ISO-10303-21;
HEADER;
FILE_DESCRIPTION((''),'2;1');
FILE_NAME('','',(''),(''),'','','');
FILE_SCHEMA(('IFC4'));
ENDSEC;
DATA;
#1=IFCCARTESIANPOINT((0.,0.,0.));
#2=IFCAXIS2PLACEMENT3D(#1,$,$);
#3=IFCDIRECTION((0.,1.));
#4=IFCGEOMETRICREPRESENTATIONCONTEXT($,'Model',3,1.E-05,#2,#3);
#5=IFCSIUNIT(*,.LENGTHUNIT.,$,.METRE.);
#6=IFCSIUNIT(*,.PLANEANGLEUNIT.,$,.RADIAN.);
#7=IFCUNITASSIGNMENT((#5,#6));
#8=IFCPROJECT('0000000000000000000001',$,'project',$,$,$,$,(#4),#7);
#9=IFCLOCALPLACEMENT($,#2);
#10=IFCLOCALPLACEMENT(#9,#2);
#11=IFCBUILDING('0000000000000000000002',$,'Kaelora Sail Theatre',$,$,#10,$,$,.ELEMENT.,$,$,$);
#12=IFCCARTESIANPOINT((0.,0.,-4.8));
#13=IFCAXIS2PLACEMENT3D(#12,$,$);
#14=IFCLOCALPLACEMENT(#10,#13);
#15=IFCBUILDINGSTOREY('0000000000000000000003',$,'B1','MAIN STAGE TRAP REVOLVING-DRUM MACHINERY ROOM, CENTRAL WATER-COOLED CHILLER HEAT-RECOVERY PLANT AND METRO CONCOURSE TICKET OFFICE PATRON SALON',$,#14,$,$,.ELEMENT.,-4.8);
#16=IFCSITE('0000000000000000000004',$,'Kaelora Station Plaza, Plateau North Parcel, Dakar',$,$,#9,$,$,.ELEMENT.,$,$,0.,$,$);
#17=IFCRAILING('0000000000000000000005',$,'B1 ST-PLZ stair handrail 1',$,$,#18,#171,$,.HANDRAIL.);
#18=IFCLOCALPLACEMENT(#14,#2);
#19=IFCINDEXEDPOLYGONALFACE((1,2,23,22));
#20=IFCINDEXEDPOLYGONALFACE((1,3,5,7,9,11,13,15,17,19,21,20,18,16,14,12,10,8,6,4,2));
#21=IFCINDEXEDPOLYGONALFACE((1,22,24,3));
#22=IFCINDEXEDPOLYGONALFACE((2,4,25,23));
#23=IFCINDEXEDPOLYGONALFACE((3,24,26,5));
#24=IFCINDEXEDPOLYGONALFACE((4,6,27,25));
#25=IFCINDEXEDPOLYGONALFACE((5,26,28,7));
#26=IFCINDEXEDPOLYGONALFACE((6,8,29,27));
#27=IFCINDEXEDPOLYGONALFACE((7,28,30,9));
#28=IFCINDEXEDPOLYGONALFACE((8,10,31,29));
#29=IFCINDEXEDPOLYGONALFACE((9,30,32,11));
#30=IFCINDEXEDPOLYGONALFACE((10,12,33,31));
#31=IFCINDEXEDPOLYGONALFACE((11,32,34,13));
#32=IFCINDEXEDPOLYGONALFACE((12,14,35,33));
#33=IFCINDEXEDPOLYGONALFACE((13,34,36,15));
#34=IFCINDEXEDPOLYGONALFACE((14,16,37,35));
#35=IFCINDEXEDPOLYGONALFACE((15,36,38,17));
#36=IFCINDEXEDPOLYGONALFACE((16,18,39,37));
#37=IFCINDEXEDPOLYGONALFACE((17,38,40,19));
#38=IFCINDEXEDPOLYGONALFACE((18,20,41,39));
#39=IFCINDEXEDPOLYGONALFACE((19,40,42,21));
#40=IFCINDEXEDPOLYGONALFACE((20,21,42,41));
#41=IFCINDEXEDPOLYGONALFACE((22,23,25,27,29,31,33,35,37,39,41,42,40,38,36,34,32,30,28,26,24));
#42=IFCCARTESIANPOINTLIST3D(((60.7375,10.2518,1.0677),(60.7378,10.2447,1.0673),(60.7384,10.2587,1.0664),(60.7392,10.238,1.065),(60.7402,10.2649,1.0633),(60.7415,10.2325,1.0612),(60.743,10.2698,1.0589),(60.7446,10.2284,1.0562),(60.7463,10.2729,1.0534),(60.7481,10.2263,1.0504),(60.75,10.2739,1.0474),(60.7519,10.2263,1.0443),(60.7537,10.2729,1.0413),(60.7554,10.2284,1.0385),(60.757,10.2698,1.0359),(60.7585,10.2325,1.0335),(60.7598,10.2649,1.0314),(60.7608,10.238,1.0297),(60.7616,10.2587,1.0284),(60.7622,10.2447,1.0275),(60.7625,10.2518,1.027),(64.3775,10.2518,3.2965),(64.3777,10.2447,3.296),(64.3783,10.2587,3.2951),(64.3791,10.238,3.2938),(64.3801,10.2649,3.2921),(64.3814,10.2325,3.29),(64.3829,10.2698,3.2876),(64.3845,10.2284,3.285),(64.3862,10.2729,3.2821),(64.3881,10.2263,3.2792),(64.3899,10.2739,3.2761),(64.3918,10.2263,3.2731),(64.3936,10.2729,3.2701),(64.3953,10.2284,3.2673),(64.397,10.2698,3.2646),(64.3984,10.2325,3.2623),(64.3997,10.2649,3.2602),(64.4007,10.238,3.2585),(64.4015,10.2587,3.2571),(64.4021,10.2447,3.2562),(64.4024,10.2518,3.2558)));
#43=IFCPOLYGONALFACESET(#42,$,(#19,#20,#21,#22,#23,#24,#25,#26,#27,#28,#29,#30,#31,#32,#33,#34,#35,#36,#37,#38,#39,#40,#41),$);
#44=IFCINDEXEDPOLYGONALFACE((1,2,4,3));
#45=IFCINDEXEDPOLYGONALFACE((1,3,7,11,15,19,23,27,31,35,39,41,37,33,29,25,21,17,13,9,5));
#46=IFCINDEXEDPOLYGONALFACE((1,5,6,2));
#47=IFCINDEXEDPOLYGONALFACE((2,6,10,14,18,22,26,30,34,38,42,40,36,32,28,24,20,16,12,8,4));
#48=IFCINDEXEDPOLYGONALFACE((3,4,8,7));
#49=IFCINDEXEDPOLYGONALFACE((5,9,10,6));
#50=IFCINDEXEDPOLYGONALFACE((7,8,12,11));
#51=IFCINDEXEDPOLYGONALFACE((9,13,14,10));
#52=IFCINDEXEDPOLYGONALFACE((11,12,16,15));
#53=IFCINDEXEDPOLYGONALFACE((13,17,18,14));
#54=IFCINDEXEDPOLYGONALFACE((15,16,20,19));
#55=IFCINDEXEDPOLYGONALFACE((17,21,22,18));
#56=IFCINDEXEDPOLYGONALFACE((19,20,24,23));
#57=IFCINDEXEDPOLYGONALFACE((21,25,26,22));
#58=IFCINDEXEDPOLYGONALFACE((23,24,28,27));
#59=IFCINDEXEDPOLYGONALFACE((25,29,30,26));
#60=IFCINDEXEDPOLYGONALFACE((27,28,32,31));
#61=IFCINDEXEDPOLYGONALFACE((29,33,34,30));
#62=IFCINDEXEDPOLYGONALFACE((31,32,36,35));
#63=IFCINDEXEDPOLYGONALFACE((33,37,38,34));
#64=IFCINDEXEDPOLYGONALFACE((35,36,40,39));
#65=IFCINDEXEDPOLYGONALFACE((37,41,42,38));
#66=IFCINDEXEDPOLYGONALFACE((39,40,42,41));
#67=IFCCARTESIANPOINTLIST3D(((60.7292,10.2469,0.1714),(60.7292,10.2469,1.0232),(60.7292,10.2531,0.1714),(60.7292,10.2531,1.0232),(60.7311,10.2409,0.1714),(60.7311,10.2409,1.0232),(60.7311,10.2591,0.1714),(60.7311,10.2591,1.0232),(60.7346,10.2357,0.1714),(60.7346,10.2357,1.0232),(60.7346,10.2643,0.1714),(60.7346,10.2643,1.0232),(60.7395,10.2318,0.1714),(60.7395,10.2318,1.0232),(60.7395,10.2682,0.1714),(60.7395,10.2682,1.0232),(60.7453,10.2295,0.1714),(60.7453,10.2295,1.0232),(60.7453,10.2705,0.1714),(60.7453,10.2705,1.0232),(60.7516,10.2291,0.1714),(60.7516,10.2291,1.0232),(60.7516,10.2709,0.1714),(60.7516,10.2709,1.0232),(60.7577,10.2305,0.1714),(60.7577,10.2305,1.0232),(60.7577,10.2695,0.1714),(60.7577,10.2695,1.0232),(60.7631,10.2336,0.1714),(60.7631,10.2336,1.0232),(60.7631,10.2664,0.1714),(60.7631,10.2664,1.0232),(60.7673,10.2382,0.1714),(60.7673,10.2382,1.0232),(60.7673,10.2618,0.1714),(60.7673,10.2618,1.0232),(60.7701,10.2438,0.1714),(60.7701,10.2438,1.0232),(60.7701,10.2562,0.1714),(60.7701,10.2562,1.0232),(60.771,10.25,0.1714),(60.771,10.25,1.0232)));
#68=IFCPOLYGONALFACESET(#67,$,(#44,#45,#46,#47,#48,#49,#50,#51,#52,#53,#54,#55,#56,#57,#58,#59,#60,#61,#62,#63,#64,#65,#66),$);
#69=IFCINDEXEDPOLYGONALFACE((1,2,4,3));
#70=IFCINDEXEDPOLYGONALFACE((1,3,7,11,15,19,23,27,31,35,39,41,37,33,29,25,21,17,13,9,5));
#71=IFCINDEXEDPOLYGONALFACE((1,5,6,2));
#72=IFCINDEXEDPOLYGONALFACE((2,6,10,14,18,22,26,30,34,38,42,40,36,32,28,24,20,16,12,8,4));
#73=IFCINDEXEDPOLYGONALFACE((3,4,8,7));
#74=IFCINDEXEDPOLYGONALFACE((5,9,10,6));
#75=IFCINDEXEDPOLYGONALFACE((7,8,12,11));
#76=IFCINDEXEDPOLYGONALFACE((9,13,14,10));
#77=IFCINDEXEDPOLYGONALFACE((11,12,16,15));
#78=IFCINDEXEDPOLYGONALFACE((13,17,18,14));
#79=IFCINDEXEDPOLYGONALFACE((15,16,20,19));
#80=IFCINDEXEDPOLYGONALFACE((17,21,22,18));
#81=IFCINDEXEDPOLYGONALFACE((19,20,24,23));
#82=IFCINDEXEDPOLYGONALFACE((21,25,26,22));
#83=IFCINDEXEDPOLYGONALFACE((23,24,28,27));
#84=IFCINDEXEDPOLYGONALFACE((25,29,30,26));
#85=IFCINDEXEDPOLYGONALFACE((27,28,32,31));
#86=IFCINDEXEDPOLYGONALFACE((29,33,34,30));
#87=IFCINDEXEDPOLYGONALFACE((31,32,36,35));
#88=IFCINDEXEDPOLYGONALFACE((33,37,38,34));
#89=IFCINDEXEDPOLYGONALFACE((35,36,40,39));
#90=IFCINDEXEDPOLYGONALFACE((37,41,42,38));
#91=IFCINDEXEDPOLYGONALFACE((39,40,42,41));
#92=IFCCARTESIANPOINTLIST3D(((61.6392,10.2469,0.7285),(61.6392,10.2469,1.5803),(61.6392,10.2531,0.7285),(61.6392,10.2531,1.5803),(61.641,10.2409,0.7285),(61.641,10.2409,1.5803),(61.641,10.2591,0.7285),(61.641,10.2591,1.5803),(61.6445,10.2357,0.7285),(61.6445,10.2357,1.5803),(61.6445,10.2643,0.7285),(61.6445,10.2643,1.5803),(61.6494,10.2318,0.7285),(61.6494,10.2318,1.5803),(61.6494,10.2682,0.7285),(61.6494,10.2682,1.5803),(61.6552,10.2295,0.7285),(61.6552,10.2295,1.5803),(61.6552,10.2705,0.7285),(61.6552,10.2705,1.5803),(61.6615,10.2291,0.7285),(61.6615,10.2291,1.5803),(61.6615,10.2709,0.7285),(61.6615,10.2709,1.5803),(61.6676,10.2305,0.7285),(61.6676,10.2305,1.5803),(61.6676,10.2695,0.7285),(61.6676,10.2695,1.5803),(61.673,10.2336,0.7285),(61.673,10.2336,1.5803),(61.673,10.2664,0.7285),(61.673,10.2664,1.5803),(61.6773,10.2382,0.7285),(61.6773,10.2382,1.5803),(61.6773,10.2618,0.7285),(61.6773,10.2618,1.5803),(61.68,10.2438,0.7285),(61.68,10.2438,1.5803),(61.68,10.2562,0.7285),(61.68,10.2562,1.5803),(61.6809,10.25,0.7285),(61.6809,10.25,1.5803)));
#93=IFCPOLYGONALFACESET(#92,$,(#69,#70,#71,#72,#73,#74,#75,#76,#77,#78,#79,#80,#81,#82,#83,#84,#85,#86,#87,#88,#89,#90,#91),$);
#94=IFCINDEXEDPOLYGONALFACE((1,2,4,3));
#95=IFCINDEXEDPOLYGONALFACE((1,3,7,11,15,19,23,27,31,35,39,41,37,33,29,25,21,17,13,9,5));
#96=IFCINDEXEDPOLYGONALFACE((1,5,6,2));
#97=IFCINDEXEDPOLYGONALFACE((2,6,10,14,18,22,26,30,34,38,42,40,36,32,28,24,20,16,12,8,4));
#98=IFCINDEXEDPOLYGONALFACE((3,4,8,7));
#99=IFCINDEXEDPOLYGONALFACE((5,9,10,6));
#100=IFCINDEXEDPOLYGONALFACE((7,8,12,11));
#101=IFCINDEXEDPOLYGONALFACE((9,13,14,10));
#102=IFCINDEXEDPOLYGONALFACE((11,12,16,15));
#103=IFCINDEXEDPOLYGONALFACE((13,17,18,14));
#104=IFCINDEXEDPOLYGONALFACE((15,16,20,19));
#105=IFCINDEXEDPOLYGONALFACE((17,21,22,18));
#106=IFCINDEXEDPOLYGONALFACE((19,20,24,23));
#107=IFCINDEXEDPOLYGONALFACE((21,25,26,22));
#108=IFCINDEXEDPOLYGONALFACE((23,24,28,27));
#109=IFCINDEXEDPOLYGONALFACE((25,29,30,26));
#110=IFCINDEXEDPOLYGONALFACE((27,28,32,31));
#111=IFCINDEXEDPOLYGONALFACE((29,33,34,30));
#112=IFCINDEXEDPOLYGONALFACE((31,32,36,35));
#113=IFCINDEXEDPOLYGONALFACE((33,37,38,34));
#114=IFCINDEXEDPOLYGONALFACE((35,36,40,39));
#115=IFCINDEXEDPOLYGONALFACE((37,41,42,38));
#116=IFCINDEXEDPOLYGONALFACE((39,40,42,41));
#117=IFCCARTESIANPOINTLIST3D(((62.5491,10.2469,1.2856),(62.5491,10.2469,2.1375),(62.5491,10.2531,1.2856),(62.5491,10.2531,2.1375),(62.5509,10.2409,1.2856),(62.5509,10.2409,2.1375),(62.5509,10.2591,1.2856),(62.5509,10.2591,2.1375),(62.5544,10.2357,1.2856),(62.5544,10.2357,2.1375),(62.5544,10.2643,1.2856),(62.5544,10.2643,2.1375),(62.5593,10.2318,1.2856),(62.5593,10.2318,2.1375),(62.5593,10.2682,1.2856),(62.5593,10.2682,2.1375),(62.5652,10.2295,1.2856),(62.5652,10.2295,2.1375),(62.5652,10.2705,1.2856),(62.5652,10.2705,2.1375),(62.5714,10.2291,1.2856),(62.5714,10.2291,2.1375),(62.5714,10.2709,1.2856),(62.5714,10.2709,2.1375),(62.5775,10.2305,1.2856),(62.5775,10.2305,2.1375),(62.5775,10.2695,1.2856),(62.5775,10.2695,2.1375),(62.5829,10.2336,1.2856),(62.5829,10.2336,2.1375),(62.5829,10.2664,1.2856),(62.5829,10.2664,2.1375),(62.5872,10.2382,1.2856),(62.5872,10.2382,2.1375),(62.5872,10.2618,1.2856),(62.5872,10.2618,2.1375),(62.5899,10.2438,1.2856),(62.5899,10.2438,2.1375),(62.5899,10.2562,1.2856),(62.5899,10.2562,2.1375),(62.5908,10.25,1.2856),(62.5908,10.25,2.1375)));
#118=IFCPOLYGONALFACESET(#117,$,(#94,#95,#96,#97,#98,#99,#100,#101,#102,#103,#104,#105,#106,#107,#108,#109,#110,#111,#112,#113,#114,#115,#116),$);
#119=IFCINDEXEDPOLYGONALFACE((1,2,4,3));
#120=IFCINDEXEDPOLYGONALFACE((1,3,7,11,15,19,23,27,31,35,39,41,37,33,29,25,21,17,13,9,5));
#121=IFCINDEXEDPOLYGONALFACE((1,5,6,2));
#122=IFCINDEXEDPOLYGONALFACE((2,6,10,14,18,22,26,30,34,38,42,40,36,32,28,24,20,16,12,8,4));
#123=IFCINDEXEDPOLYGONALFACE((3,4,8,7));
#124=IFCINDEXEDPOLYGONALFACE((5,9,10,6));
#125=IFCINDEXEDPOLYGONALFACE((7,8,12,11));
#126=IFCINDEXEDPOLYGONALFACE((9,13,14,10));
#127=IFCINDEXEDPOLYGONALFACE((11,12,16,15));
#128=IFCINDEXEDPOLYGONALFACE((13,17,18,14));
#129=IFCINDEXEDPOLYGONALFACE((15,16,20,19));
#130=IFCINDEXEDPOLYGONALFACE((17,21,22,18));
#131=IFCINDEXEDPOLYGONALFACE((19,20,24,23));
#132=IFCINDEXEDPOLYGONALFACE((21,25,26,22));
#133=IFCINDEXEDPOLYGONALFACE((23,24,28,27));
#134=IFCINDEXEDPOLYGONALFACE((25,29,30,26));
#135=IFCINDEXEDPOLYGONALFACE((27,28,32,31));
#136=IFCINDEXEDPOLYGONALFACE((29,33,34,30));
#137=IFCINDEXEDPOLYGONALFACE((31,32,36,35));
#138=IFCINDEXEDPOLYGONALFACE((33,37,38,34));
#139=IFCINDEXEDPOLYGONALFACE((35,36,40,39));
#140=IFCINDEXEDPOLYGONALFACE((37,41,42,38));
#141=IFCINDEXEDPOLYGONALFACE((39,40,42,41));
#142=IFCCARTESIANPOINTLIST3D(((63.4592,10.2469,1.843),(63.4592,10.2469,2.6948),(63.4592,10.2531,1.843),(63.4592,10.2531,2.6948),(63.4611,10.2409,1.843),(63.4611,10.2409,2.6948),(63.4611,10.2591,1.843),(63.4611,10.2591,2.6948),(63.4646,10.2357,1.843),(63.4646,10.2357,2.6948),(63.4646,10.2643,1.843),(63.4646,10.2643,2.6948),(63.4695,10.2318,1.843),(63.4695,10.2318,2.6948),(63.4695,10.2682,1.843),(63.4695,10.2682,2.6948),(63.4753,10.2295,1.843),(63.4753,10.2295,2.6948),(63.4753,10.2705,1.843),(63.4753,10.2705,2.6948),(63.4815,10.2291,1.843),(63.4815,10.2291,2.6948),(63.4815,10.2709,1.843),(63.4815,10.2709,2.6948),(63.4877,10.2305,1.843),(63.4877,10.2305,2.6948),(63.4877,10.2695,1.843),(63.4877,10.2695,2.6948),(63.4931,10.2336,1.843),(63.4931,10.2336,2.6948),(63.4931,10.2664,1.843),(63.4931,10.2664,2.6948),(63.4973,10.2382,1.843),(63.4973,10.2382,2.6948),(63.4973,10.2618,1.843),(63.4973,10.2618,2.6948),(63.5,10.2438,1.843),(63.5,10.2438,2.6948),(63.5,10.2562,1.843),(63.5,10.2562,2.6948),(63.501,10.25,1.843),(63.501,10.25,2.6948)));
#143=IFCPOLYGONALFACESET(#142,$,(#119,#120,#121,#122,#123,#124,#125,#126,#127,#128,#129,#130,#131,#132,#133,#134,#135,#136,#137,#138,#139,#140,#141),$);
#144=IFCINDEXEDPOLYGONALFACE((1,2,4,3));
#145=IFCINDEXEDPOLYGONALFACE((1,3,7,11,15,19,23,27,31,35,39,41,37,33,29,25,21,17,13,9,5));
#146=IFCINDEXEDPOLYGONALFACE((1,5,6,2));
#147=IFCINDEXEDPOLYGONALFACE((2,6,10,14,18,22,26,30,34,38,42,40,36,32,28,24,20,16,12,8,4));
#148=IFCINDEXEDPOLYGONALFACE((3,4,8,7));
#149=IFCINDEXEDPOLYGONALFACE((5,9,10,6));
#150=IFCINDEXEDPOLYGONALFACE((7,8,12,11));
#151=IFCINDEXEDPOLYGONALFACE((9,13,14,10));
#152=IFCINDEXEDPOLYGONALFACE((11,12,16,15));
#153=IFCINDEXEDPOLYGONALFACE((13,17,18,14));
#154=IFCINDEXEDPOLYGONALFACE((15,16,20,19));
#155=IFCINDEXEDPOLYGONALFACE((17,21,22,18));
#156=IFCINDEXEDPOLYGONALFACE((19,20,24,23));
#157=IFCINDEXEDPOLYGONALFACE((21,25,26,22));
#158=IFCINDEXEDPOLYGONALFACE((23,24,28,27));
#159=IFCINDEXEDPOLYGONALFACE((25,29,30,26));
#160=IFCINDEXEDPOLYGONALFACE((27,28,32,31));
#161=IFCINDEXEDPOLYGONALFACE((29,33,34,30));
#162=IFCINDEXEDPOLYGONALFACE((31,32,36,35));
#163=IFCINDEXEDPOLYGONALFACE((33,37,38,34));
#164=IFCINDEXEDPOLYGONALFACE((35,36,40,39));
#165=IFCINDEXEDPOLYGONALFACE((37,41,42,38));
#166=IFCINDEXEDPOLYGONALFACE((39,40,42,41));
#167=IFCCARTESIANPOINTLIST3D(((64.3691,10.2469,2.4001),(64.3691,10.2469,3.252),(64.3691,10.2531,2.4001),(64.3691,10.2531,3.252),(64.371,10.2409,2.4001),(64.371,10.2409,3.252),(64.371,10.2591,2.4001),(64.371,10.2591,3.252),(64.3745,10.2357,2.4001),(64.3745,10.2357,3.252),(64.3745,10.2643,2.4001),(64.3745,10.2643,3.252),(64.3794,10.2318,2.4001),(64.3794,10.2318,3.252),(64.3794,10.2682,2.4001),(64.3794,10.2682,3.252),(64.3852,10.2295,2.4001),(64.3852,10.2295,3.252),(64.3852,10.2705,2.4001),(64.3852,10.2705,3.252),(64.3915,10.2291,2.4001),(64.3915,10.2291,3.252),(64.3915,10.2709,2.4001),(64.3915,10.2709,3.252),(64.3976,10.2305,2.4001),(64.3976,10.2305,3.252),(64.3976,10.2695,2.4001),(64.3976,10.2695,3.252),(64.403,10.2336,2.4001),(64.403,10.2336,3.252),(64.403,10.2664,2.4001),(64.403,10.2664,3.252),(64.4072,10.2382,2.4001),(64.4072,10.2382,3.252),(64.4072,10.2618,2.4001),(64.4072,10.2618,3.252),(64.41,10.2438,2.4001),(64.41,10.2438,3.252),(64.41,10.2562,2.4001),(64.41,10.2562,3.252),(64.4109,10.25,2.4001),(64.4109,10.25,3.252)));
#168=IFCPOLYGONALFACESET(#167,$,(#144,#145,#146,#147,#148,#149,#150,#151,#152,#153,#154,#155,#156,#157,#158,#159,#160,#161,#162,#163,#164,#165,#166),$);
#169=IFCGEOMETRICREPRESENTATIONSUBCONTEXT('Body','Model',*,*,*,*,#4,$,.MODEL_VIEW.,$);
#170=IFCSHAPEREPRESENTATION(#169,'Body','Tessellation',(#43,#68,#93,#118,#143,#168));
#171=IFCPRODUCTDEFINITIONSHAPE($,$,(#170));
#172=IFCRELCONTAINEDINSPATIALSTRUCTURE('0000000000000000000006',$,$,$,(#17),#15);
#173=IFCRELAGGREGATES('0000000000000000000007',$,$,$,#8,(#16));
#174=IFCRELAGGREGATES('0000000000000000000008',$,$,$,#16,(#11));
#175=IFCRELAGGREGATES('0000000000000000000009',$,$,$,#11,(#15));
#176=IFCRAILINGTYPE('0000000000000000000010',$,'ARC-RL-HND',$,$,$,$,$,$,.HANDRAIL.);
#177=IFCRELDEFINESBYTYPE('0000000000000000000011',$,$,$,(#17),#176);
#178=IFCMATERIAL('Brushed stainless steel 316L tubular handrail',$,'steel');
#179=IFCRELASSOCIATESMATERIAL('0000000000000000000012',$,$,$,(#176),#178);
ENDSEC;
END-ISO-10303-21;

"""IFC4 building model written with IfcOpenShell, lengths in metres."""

from ifc_helpers import new_model, si_unit, direction, frame, origin, origin_2d, place, context, subcontext, project, spatial, circle, extrude, material, type_object, element, save


model = new_model("IFC4")

# Units and contexts
model_context = context("Model", 3, precision=1e-05, world=origin(), true_north=direction((0.0, 1.0)))
body_context = subcontext(model_context, "Body", "Model", "MODEL_VIEW")
ifc_project = project(units=[si_unit("LENGTHUNIT", "METRE"), si_unit("PLANEANGLEUNIT", "RADIAN")], contexts=[model_context])

# Site, building, storey
site_placement = place(None, origin())
site = spatial("IfcSite", under=ifc_project, at=site_placement, Name="Kaelora Station Plaza, Plateau North Parcel, Dakar", CompositionType="ELEMENT", RefElevation=0.0)
building_placement = place(site_placement, origin())
building = spatial("IfcBuilding", under=site, at=building_placement, Name="Kaelora Sail Theatre", CompositionType="ELEMENT")
storey_placement = place(building_placement, frame((0.0, 0.0, -4.8)))
storey = spatial("IfcBuildingStorey", under=building, at=storey_placement, Name="B1", Description="MAIN STAGE TRAP REVOLVING-DRUM MACHINERY ROOM, CENTRAL WATER-COOLED CHILLER HEAT-RECOVERY PLANT AND METRO CONCOURSE TICKET OFFICE PATRON SALON", CompositionType="ELEMENT", Elevation=-4.8)

# Railing
ifc_material_1 = material(Name="Brushed stainless steel 316L tubular handrail", Category="steel")
railing_type_1 = type_object("IfcRailingType", Name="ARC-RL-HND", PredefinedType="HANDRAIL", material=ifc_material_1)
railing_1_placement = place(storey_placement, frame((60.75, 10.25, 0.1714)))
element("IfcRailing", 1, at=railing_1_placement, inside=storey, type_object=railing_type_1, Name="B1 ST-PLZ stair handrail 1", PredefinedType="HANDRAIL", context=body_context, shape_type="SweptSolid", body=[
    extrude(circle(Radius=0.0239, at=origin_2d()), frame((0.0, 0.0, 0.876), z_axis=(0.852825, 0.0, 0.522197), x_axis=(0.0, 1.0, 0.0)), (0.0, 0.0, 1.0), 4.2681),
    extrude(circle(Radius=0.021, at=origin_2d()), origin(), (0.0, 0.0, 1.0), 0.8518),
    extrude(circle(Radius=0.021, at=origin_2d()), frame((0.9099, 0.0, 0.5571)), (0.0, 0.0, 1.0), 0.8518),
    extrude(circle(Radius=0.021, at=origin_2d()), frame((1.8198, 0.0, 1.1143)), (0.0, 0.0, 1.0), 0.8518),
    extrude(circle(Radius=0.021, at=origin_2d()), frame((2.73, 0.0, 1.6716)), (0.0, 0.0, 1.0), 0.8518),
    extrude(circle(Radius=0.021, at=origin_2d()), frame((3.6399, 0.0, 2.2288)), (0.0, 0.0, 1.0), 0.8518),
])

save(model, "model.ifc")
